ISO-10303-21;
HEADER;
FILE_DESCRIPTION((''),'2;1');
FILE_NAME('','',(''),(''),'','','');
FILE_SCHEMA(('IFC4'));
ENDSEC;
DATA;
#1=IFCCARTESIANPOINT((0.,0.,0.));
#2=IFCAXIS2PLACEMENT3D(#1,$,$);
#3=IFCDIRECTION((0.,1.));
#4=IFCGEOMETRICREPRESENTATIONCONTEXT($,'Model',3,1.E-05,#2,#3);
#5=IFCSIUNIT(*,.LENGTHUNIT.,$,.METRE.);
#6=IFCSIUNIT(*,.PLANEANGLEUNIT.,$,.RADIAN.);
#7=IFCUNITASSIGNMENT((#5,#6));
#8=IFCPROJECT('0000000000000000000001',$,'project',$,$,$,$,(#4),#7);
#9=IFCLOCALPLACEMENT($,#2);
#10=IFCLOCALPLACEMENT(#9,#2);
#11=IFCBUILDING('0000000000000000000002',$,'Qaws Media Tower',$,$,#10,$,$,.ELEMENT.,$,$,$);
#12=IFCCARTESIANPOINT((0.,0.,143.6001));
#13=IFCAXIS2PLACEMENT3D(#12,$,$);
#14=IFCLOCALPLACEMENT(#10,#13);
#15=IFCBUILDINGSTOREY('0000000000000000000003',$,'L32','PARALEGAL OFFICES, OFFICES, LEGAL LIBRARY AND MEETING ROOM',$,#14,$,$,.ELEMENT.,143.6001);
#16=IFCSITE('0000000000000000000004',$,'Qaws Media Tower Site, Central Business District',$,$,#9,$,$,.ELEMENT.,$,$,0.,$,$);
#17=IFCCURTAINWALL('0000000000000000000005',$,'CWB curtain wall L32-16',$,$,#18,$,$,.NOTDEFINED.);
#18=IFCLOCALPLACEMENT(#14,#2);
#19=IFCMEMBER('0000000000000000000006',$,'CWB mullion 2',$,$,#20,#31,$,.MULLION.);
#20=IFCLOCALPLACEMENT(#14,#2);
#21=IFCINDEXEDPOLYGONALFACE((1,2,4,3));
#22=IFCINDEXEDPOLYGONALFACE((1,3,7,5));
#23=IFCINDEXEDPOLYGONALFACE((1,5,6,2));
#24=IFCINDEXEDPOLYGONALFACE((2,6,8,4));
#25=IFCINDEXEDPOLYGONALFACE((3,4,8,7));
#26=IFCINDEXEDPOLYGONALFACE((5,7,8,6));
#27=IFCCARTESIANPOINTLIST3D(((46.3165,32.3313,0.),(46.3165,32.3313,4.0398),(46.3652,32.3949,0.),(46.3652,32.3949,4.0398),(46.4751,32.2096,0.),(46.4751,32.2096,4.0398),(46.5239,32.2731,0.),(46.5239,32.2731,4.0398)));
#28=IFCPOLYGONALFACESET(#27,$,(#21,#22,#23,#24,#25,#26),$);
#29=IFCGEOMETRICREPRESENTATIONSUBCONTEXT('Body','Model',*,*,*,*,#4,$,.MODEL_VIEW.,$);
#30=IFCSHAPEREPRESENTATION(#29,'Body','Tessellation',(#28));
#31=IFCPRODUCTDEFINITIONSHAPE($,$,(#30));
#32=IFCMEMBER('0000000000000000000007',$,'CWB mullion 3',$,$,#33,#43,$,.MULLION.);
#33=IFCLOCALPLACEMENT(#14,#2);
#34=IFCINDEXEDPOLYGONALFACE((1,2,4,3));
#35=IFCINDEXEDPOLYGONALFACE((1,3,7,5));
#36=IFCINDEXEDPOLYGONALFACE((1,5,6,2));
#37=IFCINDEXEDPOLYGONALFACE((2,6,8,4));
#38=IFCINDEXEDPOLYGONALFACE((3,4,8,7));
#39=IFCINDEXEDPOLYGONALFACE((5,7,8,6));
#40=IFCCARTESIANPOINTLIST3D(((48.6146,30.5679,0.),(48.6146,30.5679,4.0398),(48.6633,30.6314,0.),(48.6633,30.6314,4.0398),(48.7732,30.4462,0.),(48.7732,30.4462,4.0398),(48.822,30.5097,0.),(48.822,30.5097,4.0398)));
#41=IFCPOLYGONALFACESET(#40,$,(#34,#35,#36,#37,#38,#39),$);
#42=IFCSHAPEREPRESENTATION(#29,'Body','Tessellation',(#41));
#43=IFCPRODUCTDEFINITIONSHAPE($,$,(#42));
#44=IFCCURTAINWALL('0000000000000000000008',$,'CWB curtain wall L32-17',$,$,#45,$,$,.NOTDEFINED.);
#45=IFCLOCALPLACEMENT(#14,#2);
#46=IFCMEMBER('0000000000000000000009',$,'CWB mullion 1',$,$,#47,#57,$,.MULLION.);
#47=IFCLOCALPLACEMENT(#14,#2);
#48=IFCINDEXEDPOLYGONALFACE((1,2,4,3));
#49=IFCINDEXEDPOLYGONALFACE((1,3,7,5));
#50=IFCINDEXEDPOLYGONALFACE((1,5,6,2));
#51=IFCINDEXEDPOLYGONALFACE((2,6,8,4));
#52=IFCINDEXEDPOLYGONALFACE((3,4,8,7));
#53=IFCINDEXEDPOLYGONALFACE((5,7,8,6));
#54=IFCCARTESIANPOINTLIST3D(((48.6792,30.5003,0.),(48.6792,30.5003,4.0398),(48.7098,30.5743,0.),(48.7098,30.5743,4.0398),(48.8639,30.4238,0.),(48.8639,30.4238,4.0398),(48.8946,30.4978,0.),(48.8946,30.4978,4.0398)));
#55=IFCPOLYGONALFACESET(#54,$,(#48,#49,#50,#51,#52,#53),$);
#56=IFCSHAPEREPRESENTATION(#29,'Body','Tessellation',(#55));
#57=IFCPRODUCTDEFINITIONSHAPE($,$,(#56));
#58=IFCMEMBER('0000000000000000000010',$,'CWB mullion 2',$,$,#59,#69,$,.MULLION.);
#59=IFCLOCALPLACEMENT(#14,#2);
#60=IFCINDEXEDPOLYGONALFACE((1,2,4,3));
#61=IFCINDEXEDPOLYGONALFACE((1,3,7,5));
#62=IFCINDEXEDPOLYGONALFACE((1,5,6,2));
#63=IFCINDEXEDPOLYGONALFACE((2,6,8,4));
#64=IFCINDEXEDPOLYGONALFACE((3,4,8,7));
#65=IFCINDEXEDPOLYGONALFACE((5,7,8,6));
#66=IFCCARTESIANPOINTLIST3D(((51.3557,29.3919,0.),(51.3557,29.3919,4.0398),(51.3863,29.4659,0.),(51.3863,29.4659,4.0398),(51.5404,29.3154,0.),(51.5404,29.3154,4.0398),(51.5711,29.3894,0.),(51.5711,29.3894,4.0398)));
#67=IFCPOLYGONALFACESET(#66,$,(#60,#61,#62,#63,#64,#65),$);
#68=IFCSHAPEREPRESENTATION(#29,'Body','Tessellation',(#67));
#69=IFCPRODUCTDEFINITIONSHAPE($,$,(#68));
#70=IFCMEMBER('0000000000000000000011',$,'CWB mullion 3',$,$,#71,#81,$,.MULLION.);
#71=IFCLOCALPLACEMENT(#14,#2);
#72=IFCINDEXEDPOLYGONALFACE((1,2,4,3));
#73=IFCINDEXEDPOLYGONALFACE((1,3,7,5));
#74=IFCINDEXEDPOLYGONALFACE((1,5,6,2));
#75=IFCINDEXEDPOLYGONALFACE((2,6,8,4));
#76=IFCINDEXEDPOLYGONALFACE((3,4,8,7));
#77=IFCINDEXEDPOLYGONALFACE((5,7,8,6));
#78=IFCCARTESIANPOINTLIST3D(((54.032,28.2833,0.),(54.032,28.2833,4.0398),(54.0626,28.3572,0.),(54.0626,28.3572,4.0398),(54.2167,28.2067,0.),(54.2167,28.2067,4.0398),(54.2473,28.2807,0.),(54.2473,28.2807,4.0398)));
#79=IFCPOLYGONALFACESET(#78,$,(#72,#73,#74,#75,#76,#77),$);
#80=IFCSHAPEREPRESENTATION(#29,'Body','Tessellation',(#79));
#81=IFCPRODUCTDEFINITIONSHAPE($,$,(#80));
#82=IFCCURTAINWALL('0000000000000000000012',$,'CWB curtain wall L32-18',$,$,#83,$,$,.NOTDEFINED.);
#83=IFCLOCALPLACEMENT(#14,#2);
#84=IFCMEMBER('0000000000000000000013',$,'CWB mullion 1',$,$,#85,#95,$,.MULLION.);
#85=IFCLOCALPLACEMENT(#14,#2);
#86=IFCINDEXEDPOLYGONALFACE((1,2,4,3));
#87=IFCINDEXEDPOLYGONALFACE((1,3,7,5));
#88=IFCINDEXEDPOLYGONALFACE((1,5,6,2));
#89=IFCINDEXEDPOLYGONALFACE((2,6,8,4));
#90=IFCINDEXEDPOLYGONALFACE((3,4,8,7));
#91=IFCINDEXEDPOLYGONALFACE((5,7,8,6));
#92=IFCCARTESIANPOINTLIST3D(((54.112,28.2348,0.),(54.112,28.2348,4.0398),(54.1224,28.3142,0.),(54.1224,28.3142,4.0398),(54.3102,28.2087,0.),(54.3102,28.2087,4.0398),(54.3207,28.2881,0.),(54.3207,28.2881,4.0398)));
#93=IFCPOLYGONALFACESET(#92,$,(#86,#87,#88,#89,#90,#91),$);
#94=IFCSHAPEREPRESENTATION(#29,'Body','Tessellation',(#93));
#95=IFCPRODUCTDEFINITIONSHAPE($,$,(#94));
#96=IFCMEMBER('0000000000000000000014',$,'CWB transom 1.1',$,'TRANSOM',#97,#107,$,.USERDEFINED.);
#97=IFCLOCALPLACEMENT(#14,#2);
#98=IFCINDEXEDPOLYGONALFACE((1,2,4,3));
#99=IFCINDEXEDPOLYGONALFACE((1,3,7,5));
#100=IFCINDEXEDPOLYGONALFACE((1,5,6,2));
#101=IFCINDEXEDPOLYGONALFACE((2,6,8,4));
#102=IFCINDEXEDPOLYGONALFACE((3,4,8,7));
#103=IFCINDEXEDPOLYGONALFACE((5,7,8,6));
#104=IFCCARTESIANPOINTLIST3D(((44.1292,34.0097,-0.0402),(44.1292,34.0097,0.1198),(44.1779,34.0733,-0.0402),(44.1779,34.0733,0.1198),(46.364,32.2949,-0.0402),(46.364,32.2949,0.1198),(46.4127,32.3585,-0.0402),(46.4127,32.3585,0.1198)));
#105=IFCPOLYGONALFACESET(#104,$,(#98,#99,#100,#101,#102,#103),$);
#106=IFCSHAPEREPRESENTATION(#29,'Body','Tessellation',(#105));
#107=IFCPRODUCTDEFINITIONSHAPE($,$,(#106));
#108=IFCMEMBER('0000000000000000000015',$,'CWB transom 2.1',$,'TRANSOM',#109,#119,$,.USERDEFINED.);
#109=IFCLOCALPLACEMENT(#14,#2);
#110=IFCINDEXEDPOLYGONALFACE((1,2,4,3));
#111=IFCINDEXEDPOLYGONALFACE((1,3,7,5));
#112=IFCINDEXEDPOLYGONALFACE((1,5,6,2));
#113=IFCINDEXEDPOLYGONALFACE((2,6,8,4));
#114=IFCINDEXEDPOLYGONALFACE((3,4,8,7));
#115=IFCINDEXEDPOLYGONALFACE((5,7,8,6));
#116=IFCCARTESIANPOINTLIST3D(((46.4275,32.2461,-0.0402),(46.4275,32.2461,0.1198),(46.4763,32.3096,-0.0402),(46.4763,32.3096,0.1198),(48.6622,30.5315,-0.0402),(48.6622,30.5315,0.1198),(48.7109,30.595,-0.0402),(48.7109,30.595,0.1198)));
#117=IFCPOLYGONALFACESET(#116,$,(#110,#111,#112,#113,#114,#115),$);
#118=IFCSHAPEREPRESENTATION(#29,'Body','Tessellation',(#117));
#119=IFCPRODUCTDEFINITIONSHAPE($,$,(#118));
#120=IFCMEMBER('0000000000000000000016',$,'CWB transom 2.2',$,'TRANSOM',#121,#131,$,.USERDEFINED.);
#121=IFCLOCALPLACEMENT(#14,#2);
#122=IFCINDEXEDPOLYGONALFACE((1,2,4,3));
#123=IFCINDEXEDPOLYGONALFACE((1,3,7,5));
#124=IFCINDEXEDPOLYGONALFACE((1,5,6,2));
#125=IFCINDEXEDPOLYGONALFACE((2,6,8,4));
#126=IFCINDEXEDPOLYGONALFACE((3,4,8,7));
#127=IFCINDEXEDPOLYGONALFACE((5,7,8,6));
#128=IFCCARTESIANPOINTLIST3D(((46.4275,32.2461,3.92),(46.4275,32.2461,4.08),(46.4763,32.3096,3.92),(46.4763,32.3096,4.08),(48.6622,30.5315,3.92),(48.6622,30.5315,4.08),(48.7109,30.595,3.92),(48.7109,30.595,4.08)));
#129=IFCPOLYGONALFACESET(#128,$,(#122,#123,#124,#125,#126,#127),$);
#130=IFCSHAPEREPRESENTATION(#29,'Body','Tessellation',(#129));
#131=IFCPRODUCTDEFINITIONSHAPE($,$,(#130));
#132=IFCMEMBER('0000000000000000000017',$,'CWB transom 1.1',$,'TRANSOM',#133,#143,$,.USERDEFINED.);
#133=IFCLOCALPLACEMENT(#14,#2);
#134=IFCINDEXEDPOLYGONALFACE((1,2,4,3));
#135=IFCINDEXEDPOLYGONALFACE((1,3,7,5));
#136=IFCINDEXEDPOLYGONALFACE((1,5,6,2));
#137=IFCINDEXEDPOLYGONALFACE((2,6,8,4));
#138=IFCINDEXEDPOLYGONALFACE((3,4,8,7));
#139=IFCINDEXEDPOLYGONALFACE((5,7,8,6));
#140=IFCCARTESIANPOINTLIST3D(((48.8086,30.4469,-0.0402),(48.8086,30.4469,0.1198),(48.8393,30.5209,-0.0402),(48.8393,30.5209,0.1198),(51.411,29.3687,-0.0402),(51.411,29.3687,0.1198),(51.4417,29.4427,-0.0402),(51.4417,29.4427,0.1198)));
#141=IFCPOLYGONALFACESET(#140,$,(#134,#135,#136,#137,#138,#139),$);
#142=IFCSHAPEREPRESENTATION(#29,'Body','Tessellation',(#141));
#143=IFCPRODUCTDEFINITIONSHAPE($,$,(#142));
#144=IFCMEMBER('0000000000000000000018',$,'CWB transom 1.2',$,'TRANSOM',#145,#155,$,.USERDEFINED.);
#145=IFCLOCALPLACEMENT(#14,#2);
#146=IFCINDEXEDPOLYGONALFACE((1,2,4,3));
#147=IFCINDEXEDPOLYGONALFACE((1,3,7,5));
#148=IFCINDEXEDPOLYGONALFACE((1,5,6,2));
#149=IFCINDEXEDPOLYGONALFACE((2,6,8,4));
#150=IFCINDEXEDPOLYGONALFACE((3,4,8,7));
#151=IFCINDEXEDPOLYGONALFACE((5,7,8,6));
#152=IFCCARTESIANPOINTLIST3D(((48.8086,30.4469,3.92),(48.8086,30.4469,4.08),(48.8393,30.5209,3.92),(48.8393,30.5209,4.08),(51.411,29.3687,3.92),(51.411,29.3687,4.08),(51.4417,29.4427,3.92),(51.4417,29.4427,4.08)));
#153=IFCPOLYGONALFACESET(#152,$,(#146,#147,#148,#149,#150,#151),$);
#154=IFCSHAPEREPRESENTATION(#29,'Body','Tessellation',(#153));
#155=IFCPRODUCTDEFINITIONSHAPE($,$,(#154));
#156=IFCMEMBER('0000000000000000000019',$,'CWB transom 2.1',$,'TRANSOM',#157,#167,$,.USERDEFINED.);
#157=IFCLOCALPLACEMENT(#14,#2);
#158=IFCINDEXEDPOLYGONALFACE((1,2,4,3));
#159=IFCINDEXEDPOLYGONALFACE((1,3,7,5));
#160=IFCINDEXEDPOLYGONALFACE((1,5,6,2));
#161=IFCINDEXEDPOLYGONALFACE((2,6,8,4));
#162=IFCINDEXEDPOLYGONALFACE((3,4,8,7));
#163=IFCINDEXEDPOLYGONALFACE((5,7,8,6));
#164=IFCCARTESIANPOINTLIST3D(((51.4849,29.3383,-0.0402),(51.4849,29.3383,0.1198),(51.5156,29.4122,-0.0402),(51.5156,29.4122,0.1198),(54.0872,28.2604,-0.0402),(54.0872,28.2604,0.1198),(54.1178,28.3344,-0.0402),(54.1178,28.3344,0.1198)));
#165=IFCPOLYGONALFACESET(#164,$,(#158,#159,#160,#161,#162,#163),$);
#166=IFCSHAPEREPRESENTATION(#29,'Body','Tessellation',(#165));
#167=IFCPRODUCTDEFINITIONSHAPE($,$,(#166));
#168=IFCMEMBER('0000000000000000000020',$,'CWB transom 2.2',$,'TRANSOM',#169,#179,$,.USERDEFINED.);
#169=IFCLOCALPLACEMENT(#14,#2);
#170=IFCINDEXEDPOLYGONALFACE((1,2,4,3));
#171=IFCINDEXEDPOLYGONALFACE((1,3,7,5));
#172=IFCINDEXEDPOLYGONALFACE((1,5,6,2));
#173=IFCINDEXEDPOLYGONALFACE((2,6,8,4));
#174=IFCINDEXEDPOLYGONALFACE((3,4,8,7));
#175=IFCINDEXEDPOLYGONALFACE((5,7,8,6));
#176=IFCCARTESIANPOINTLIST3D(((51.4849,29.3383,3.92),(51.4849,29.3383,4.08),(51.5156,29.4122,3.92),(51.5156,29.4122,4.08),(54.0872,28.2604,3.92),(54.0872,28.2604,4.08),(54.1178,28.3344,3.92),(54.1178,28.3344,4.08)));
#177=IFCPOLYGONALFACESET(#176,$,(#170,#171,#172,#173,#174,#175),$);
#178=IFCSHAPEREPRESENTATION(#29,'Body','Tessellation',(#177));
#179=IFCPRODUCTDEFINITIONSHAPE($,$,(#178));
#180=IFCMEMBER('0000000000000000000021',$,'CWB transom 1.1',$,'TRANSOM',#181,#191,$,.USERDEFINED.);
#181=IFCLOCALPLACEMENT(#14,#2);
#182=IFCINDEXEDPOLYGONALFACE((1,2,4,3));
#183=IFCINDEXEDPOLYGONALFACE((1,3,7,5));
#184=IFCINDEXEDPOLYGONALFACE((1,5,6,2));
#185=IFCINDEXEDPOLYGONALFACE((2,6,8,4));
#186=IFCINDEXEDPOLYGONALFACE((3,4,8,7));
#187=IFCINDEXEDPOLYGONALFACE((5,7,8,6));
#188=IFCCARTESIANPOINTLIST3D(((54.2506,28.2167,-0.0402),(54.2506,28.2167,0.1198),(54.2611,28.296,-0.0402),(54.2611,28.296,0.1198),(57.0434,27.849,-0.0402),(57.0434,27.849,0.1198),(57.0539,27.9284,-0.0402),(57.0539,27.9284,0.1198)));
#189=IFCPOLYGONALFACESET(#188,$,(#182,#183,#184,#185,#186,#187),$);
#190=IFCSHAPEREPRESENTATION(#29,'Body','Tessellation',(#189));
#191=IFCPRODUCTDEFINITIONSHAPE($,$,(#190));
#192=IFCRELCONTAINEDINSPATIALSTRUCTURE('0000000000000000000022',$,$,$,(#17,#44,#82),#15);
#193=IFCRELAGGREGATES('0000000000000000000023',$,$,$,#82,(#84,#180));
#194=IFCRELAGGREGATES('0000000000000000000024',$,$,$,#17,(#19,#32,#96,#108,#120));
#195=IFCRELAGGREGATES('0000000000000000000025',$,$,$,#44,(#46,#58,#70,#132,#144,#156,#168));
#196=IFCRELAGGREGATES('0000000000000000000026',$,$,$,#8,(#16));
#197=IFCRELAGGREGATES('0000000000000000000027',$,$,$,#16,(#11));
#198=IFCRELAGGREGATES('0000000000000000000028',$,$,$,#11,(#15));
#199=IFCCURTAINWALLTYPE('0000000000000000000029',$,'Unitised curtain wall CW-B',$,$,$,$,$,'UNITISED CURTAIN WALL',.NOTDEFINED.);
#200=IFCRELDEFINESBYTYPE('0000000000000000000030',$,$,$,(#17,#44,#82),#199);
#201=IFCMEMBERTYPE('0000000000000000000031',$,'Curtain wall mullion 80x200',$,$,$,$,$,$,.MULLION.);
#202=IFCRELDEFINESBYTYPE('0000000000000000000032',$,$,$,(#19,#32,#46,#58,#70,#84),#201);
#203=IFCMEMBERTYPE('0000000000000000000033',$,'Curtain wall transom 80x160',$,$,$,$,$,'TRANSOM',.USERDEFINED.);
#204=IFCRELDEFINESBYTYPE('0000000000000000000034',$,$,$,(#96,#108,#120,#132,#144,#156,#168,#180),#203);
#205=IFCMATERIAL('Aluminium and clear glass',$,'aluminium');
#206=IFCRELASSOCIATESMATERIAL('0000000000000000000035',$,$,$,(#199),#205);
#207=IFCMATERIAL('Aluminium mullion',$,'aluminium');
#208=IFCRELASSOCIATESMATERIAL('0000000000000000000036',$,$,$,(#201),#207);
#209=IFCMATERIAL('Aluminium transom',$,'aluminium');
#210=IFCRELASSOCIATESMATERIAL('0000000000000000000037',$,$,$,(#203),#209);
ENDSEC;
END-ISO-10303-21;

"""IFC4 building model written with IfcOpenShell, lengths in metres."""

from ifc_helpers import new_model, si_unit, direction, frame, origin, origin_2d, place, context, subcontext, project, spatial, rectangle, extrude, material, material_profile, profile_set, type_object, element, aggregate, save


model = new_model("IFC4")

# Units and contexts
model_context = context("Model", 3, precision=1e-05, world=origin(), true_north=direction((0.0, 1.0)))
body_context = subcontext(model_context, "Body", "Model", "MODEL_VIEW")
ifc_project = project(units=[si_unit("LENGTHUNIT", "METRE"), si_unit("PLANEANGLEUNIT", "RADIAN")], contexts=[model_context])

# Site, building, storey
site_placement = place(None, origin())
site = spatial("IfcSite", under=ifc_project, at=site_placement, Name="Qaws Media Tower Site, Central Business District", CompositionType="ELEMENT", RefElevation=0.0)
building_placement = place(site_placement, origin())
building = spatial("IfcBuilding", under=site, at=building_placement, Name="Qaws Media Tower", CompositionType="ELEMENT")
storey_placement = place(building_placement, frame((0.0, 0.0, 143.6001)))
storey = spatial("IfcBuildingStorey", under=building, at=storey_placement, Name="L32", Description="PARALEGAL OFFICES, OFFICES, LEGAL LIBRARY AND MEETING ROOM", CompositionType="ELEMENT", Elevation=143.6001)

# Curtain walls, members
ifc_material_1 = material(Name="Aluminium and clear glass", Category="aluminium")
curtain_wall_type = type_object("IfcCurtainWallType", Name="Unitised curtain wall CW-B", ElementType="UNITISED CURTAIN WALL", PredefinedType="NOTDEFINED", material=ifc_material_1)
curtain_wall_1_placement = place(storey_placement, origin())
curtain_wall_1 = element("IfcCurtainWall", 1, at=curtain_wall_1_placement, inside=storey, type_object=curtain_wall_type, Name="CWB curtain wall L32-16", PredefinedType="NOTDEFINED")
ifc_material_2 = material(Name="Aluminium mullion", Category="aluminium")
ifc_material_profile_1 = material_profile(ifc_material_2, rectangle(XDim=0.0801, YDim=0.2, at=origin_2d()), Name="80x200")
ifc_profile_set_1 = profile_set([ifc_material_profile_1], Name="Aluminium mullion")
member_type_1 = type_object("IfcMemberType", Name="Curtain wall mullion 80x200", PredefinedType="MULLION", material=ifc_profile_set_1)
member_1_placement = place(storey_placement, frame((46.4202, 32.3022, 0.0), z_axis=(0.0, 0.0, 1.0), x_axis=(0.608761, 0.793353, 0.0)))
member_1 = element("IfcMember", 2, at=member_1_placement, type_object=member_type_1, Name="CWB mullion 2", PredefinedType="MULLION", context=body_context, shape_type="SweptSolid", body=[
    extrude(rectangle(XDim=0.0801, YDim=0.2, at=origin_2d()), origin(), (0.0, 0.0, 1.0), 4.0398),
])
member_2_placement = place(storey_placement, frame((48.7183, 30.5388, 0.0), z_axis=(0.0, 0.0, 1.0), x_axis=(0.608761, 0.793353, 0.0)))
member_2 = element("IfcMember", 3, at=member_2_placement, type_object=member_type_1, Name="CWB mullion 3", PredefinedType="MULLION", context=body_context, shape_type="SweptSolid", body=[
    extrude(rectangle(XDim=0.0801, YDim=0.2, at=origin_2d()), origin(), (0.0, 0.0, 1.0), 4.0398),
])
curtain_wall_2_placement = place(storey_placement, origin())
curtain_wall_2 = element("IfcCurtainWall", 4, at=curtain_wall_2_placement, inside=storey, type_object=curtain_wall_type, Name="CWB curtain wall L32-17", PredefinedType="NOTDEFINED")
member_3_placement = place(storey_placement, frame((48.7869, 30.499, 0.0), z_axis=(0.0, 0.0, 1.0), x_axis=(0.382683, 0.92388, 0.0)))
member_3 = element("IfcMember", 5, at=member_3_placement, type_object=member_type_1, Name="CWB mullion 1", PredefinedType="MULLION", context=body_context, shape_type="SweptSolid", body=[
    extrude(rectangle(XDim=0.0801, YDim=0.2, at=origin_2d()), origin(), (0.0, 0.0, 1.0), 4.0398),
])
member_4_placement = place(storey_placement, frame((51.4634, 29.3906, 0.0), z_axis=(0.0, 0.0, 1.0), x_axis=(0.382683, 0.92388, 0.0)))
member_4 = element("IfcMember", 6, at=member_4_placement, type_object=member_type_1, Name="CWB mullion 2", PredefinedType="MULLION", context=body_context, shape_type="SweptSolid", body=[
    extrude(rectangle(XDim=0.0801, YDim=0.2, at=origin_2d()), origin(), (0.0, 0.0, 1.0), 4.0398),
])
member_5_placement = place(storey_placement, frame((54.1396, 28.282, 0.0), z_axis=(0.0, 0.0, 1.0), x_axis=(0.382683, 0.92388, 0.0)))
member_5 = element("IfcMember", 7, at=member_5_placement, type_object=member_type_1, Name="CWB mullion 3", PredefinedType="MULLION", context=body_context, shape_type="SweptSolid", body=[
    extrude(rectangle(XDim=0.0801, YDim=0.2, at=origin_2d()), origin(), (0.0, 0.0, 1.0), 4.0398),
])

# Curtain wall, member
curtain_wall_3_placement = place(storey_placement, origin())
curtain_wall_3 = element("IfcCurtainWall", 8, at=curtain_wall_3_placement, inside=storey, type_object=curtain_wall_type, Name="CWB curtain wall L32-18", PredefinedType="NOTDEFINED")
member_6_placement = place(storey_placement, frame((54.2163, 28.2615, 0.0), z_axis=(0.0, 0.0, 1.0), x_axis=(0.130526, 0.991445, 0.0)))
member_6 = element("IfcMember", 9, at=member_6_placement, type_object=member_type_1, Name="CWB mullion 1", PredefinedType="MULLION", context=body_context, shape_type="SweptSolid", body=[
    extrude(rectangle(XDim=0.0801, YDim=0.2, at=origin_2d()), origin(), (0.0, 0.0, 1.0), 4.0398),
])

# Members
ifc_material_3 = material(Name="Aluminium transom", Category="aluminium")
ifc_material_profile_2 = material_profile(ifc_material_3, rectangle(XDim=0.0801, YDim=0.1599, at=origin_2d()), Name="80x160")
ifc_profile_set_2 = profile_set([ifc_material_profile_2], Name="Aluminium transom")
member_type_2 = type_object("IfcMemberType", Name="Curtain wall transom 80x160", ElementType="TRANSOM", PredefinedType="USERDEFINED", material=ifc_profile_set_2)
member_7_placement = place(storey_placement, frame((44.1536, 34.0415, 0.0398), z_axis=(0.793358, -0.608755, 0.0), x_axis=(0.608755, 0.793358, 0.0)))
member_7 = element("IfcMember", 10, at=member_7_placement, type_object=member_type_2, Name="CWB transom 1.1", ObjectType="TRANSOM", PredefinedType="USERDEFINED", context=body_context, shape_type="SweptSolid", body=[
    extrude(rectangle(XDim=0.0801, YDim=0.1599, at=origin_2d()), origin(), (0.0, 0.0, 1.0), 2.8169),
])
member_8_placement = place(storey_placement, frame((46.4519, 32.2778, 0.0398), z_axis=(0.793368, -0.608743, 0.0), x_axis=(0.608743, 0.793368, 0.0)))
member_8 = element("IfcMember", 11, at=member_8_placement, type_object=member_type_2, Name="CWB transom 2.1", ObjectType="TRANSOM", PredefinedType="USERDEFINED", context=body_context, shape_type="SweptSolid", body=[
    extrude(rectangle(XDim=0.0801, YDim=0.1599, at=origin_2d()), origin(), (0.0, 0.0, 1.0), 2.8167),
])
member_9_placement = place(storey_placement, frame((46.4519, 32.2778, 4.0), z_axis=(0.793368, -0.608743, 0.0), x_axis=(0.608743, 0.793368, 0.0)))
member_9 = element("IfcMember", 12, at=member_9_placement, type_object=member_type_2, Name="CWB transom 2.2", ObjectType="TRANSOM", PredefinedType="USERDEFINED", context=body_context, shape_type="SweptSolid", body=[
    extrude(rectangle(XDim=0.0801, YDim=0.1599, at=origin_2d()), origin(), (0.0, 0.0, 1.0), 2.8167),
])
member_10_placement = place(storey_placement, frame((48.824, 30.4839, 0.0398), z_axis=(0.923852, -0.38275, 0.0), x_axis=(0.38275, 0.923852, 0.0)))
member_10 = element("IfcMember", 13, at=member_10_placement, type_object=member_type_2, Name="CWB transom 1.1", ObjectType="TRANSOM", PredefinedType="USERDEFINED", context=body_context, shape_type="SweptSolid", body=[
    extrude(rectangle(XDim=0.0801, YDim=0.1599, at=origin_2d()), origin(), (0.0, 0.0, 1.0), 2.8169),
])
member_11_placement = place(storey_placement, frame((48.824, 30.4839, 4.0), z_axis=(0.923852, -0.38275, 0.0), x_axis=(0.38275, 0.923852, 0.0)))
member_11 = element("IfcMember", 14, at=member_11_placement, type_object=member_type_2, Name="CWB transom 1.2", ObjectType="TRANSOM", PredefinedType="USERDEFINED", context=body_context, shape_type="SweptSolid", body=[
    extrude(rectangle(XDim=0.0801, YDim=0.1599, at=origin_2d()), origin(), (0.0, 0.0, 1.0), 2.8169),
])
member_12_placement = place(storey_placement, frame((51.5002, 29.3752, 0.0398), z_axis=(0.923883, -0.382676, 0.0), x_axis=(0.382676, 0.923883, 0.0)))
member_12 = element("IfcMember", 15, at=member_12_placement, type_object=member_type_2, Name="CWB transom 2.1", ObjectType="TRANSOM", PredefinedType="USERDEFINED", context=body_context, shape_type="SweptSolid", body=[
    extrude(rectangle(XDim=0.0801, YDim=0.1599, at=origin_2d()), origin(), (0.0, 0.0, 1.0), 2.8167),
])
member_13_placement = place(storey_placement, frame((51.5002, 29.3752, 4.0), z_axis=(0.923883, -0.382676, 0.0), x_axis=(0.382676, 0.923883, 0.0)))
member_13 = element("IfcMember", 16, at=member_13_placement, type_object=member_type_2, Name="CWB transom 2.2", ObjectType="TRANSOM", PredefinedType="USERDEFINED", context=body_context, shape_type="SweptSolid", body=[
    extrude(rectangle(XDim=0.0801, YDim=0.1599, at=origin_2d()), origin(), (0.0, 0.0, 1.0), 2.8167),
])
member_14_placement = place(storey_placement, frame((54.2559, 28.2563, 0.0398), z_axis=(0.991445, -0.130528, 0.0), x_axis=(0.130528, 0.991445, 0.0)))
member_14 = element("IfcMember", 17, at=member_14_placement, type_object=member_type_2, Name="CWB transom 1.1", ObjectType="TRANSOM", PredefinedType="USERDEFINED", context=body_context, shape_type="SweptSolid", body=[
    extrude(rectangle(XDim=0.0801, YDim=0.1599, at=origin_2d()), origin(), (0.0, 0.0, 1.0), 2.8169),
])
aggregate(curtain_wall_3, [member_6, member_14])

aggregate(curtain_wall_1, [member_1, member_2, member_7, member_8, member_9])
aggregate(curtain_wall_2, [member_3, member_4, member_5, member_10, member_11, member_12, member_13])

save(model, "model.ifc")
